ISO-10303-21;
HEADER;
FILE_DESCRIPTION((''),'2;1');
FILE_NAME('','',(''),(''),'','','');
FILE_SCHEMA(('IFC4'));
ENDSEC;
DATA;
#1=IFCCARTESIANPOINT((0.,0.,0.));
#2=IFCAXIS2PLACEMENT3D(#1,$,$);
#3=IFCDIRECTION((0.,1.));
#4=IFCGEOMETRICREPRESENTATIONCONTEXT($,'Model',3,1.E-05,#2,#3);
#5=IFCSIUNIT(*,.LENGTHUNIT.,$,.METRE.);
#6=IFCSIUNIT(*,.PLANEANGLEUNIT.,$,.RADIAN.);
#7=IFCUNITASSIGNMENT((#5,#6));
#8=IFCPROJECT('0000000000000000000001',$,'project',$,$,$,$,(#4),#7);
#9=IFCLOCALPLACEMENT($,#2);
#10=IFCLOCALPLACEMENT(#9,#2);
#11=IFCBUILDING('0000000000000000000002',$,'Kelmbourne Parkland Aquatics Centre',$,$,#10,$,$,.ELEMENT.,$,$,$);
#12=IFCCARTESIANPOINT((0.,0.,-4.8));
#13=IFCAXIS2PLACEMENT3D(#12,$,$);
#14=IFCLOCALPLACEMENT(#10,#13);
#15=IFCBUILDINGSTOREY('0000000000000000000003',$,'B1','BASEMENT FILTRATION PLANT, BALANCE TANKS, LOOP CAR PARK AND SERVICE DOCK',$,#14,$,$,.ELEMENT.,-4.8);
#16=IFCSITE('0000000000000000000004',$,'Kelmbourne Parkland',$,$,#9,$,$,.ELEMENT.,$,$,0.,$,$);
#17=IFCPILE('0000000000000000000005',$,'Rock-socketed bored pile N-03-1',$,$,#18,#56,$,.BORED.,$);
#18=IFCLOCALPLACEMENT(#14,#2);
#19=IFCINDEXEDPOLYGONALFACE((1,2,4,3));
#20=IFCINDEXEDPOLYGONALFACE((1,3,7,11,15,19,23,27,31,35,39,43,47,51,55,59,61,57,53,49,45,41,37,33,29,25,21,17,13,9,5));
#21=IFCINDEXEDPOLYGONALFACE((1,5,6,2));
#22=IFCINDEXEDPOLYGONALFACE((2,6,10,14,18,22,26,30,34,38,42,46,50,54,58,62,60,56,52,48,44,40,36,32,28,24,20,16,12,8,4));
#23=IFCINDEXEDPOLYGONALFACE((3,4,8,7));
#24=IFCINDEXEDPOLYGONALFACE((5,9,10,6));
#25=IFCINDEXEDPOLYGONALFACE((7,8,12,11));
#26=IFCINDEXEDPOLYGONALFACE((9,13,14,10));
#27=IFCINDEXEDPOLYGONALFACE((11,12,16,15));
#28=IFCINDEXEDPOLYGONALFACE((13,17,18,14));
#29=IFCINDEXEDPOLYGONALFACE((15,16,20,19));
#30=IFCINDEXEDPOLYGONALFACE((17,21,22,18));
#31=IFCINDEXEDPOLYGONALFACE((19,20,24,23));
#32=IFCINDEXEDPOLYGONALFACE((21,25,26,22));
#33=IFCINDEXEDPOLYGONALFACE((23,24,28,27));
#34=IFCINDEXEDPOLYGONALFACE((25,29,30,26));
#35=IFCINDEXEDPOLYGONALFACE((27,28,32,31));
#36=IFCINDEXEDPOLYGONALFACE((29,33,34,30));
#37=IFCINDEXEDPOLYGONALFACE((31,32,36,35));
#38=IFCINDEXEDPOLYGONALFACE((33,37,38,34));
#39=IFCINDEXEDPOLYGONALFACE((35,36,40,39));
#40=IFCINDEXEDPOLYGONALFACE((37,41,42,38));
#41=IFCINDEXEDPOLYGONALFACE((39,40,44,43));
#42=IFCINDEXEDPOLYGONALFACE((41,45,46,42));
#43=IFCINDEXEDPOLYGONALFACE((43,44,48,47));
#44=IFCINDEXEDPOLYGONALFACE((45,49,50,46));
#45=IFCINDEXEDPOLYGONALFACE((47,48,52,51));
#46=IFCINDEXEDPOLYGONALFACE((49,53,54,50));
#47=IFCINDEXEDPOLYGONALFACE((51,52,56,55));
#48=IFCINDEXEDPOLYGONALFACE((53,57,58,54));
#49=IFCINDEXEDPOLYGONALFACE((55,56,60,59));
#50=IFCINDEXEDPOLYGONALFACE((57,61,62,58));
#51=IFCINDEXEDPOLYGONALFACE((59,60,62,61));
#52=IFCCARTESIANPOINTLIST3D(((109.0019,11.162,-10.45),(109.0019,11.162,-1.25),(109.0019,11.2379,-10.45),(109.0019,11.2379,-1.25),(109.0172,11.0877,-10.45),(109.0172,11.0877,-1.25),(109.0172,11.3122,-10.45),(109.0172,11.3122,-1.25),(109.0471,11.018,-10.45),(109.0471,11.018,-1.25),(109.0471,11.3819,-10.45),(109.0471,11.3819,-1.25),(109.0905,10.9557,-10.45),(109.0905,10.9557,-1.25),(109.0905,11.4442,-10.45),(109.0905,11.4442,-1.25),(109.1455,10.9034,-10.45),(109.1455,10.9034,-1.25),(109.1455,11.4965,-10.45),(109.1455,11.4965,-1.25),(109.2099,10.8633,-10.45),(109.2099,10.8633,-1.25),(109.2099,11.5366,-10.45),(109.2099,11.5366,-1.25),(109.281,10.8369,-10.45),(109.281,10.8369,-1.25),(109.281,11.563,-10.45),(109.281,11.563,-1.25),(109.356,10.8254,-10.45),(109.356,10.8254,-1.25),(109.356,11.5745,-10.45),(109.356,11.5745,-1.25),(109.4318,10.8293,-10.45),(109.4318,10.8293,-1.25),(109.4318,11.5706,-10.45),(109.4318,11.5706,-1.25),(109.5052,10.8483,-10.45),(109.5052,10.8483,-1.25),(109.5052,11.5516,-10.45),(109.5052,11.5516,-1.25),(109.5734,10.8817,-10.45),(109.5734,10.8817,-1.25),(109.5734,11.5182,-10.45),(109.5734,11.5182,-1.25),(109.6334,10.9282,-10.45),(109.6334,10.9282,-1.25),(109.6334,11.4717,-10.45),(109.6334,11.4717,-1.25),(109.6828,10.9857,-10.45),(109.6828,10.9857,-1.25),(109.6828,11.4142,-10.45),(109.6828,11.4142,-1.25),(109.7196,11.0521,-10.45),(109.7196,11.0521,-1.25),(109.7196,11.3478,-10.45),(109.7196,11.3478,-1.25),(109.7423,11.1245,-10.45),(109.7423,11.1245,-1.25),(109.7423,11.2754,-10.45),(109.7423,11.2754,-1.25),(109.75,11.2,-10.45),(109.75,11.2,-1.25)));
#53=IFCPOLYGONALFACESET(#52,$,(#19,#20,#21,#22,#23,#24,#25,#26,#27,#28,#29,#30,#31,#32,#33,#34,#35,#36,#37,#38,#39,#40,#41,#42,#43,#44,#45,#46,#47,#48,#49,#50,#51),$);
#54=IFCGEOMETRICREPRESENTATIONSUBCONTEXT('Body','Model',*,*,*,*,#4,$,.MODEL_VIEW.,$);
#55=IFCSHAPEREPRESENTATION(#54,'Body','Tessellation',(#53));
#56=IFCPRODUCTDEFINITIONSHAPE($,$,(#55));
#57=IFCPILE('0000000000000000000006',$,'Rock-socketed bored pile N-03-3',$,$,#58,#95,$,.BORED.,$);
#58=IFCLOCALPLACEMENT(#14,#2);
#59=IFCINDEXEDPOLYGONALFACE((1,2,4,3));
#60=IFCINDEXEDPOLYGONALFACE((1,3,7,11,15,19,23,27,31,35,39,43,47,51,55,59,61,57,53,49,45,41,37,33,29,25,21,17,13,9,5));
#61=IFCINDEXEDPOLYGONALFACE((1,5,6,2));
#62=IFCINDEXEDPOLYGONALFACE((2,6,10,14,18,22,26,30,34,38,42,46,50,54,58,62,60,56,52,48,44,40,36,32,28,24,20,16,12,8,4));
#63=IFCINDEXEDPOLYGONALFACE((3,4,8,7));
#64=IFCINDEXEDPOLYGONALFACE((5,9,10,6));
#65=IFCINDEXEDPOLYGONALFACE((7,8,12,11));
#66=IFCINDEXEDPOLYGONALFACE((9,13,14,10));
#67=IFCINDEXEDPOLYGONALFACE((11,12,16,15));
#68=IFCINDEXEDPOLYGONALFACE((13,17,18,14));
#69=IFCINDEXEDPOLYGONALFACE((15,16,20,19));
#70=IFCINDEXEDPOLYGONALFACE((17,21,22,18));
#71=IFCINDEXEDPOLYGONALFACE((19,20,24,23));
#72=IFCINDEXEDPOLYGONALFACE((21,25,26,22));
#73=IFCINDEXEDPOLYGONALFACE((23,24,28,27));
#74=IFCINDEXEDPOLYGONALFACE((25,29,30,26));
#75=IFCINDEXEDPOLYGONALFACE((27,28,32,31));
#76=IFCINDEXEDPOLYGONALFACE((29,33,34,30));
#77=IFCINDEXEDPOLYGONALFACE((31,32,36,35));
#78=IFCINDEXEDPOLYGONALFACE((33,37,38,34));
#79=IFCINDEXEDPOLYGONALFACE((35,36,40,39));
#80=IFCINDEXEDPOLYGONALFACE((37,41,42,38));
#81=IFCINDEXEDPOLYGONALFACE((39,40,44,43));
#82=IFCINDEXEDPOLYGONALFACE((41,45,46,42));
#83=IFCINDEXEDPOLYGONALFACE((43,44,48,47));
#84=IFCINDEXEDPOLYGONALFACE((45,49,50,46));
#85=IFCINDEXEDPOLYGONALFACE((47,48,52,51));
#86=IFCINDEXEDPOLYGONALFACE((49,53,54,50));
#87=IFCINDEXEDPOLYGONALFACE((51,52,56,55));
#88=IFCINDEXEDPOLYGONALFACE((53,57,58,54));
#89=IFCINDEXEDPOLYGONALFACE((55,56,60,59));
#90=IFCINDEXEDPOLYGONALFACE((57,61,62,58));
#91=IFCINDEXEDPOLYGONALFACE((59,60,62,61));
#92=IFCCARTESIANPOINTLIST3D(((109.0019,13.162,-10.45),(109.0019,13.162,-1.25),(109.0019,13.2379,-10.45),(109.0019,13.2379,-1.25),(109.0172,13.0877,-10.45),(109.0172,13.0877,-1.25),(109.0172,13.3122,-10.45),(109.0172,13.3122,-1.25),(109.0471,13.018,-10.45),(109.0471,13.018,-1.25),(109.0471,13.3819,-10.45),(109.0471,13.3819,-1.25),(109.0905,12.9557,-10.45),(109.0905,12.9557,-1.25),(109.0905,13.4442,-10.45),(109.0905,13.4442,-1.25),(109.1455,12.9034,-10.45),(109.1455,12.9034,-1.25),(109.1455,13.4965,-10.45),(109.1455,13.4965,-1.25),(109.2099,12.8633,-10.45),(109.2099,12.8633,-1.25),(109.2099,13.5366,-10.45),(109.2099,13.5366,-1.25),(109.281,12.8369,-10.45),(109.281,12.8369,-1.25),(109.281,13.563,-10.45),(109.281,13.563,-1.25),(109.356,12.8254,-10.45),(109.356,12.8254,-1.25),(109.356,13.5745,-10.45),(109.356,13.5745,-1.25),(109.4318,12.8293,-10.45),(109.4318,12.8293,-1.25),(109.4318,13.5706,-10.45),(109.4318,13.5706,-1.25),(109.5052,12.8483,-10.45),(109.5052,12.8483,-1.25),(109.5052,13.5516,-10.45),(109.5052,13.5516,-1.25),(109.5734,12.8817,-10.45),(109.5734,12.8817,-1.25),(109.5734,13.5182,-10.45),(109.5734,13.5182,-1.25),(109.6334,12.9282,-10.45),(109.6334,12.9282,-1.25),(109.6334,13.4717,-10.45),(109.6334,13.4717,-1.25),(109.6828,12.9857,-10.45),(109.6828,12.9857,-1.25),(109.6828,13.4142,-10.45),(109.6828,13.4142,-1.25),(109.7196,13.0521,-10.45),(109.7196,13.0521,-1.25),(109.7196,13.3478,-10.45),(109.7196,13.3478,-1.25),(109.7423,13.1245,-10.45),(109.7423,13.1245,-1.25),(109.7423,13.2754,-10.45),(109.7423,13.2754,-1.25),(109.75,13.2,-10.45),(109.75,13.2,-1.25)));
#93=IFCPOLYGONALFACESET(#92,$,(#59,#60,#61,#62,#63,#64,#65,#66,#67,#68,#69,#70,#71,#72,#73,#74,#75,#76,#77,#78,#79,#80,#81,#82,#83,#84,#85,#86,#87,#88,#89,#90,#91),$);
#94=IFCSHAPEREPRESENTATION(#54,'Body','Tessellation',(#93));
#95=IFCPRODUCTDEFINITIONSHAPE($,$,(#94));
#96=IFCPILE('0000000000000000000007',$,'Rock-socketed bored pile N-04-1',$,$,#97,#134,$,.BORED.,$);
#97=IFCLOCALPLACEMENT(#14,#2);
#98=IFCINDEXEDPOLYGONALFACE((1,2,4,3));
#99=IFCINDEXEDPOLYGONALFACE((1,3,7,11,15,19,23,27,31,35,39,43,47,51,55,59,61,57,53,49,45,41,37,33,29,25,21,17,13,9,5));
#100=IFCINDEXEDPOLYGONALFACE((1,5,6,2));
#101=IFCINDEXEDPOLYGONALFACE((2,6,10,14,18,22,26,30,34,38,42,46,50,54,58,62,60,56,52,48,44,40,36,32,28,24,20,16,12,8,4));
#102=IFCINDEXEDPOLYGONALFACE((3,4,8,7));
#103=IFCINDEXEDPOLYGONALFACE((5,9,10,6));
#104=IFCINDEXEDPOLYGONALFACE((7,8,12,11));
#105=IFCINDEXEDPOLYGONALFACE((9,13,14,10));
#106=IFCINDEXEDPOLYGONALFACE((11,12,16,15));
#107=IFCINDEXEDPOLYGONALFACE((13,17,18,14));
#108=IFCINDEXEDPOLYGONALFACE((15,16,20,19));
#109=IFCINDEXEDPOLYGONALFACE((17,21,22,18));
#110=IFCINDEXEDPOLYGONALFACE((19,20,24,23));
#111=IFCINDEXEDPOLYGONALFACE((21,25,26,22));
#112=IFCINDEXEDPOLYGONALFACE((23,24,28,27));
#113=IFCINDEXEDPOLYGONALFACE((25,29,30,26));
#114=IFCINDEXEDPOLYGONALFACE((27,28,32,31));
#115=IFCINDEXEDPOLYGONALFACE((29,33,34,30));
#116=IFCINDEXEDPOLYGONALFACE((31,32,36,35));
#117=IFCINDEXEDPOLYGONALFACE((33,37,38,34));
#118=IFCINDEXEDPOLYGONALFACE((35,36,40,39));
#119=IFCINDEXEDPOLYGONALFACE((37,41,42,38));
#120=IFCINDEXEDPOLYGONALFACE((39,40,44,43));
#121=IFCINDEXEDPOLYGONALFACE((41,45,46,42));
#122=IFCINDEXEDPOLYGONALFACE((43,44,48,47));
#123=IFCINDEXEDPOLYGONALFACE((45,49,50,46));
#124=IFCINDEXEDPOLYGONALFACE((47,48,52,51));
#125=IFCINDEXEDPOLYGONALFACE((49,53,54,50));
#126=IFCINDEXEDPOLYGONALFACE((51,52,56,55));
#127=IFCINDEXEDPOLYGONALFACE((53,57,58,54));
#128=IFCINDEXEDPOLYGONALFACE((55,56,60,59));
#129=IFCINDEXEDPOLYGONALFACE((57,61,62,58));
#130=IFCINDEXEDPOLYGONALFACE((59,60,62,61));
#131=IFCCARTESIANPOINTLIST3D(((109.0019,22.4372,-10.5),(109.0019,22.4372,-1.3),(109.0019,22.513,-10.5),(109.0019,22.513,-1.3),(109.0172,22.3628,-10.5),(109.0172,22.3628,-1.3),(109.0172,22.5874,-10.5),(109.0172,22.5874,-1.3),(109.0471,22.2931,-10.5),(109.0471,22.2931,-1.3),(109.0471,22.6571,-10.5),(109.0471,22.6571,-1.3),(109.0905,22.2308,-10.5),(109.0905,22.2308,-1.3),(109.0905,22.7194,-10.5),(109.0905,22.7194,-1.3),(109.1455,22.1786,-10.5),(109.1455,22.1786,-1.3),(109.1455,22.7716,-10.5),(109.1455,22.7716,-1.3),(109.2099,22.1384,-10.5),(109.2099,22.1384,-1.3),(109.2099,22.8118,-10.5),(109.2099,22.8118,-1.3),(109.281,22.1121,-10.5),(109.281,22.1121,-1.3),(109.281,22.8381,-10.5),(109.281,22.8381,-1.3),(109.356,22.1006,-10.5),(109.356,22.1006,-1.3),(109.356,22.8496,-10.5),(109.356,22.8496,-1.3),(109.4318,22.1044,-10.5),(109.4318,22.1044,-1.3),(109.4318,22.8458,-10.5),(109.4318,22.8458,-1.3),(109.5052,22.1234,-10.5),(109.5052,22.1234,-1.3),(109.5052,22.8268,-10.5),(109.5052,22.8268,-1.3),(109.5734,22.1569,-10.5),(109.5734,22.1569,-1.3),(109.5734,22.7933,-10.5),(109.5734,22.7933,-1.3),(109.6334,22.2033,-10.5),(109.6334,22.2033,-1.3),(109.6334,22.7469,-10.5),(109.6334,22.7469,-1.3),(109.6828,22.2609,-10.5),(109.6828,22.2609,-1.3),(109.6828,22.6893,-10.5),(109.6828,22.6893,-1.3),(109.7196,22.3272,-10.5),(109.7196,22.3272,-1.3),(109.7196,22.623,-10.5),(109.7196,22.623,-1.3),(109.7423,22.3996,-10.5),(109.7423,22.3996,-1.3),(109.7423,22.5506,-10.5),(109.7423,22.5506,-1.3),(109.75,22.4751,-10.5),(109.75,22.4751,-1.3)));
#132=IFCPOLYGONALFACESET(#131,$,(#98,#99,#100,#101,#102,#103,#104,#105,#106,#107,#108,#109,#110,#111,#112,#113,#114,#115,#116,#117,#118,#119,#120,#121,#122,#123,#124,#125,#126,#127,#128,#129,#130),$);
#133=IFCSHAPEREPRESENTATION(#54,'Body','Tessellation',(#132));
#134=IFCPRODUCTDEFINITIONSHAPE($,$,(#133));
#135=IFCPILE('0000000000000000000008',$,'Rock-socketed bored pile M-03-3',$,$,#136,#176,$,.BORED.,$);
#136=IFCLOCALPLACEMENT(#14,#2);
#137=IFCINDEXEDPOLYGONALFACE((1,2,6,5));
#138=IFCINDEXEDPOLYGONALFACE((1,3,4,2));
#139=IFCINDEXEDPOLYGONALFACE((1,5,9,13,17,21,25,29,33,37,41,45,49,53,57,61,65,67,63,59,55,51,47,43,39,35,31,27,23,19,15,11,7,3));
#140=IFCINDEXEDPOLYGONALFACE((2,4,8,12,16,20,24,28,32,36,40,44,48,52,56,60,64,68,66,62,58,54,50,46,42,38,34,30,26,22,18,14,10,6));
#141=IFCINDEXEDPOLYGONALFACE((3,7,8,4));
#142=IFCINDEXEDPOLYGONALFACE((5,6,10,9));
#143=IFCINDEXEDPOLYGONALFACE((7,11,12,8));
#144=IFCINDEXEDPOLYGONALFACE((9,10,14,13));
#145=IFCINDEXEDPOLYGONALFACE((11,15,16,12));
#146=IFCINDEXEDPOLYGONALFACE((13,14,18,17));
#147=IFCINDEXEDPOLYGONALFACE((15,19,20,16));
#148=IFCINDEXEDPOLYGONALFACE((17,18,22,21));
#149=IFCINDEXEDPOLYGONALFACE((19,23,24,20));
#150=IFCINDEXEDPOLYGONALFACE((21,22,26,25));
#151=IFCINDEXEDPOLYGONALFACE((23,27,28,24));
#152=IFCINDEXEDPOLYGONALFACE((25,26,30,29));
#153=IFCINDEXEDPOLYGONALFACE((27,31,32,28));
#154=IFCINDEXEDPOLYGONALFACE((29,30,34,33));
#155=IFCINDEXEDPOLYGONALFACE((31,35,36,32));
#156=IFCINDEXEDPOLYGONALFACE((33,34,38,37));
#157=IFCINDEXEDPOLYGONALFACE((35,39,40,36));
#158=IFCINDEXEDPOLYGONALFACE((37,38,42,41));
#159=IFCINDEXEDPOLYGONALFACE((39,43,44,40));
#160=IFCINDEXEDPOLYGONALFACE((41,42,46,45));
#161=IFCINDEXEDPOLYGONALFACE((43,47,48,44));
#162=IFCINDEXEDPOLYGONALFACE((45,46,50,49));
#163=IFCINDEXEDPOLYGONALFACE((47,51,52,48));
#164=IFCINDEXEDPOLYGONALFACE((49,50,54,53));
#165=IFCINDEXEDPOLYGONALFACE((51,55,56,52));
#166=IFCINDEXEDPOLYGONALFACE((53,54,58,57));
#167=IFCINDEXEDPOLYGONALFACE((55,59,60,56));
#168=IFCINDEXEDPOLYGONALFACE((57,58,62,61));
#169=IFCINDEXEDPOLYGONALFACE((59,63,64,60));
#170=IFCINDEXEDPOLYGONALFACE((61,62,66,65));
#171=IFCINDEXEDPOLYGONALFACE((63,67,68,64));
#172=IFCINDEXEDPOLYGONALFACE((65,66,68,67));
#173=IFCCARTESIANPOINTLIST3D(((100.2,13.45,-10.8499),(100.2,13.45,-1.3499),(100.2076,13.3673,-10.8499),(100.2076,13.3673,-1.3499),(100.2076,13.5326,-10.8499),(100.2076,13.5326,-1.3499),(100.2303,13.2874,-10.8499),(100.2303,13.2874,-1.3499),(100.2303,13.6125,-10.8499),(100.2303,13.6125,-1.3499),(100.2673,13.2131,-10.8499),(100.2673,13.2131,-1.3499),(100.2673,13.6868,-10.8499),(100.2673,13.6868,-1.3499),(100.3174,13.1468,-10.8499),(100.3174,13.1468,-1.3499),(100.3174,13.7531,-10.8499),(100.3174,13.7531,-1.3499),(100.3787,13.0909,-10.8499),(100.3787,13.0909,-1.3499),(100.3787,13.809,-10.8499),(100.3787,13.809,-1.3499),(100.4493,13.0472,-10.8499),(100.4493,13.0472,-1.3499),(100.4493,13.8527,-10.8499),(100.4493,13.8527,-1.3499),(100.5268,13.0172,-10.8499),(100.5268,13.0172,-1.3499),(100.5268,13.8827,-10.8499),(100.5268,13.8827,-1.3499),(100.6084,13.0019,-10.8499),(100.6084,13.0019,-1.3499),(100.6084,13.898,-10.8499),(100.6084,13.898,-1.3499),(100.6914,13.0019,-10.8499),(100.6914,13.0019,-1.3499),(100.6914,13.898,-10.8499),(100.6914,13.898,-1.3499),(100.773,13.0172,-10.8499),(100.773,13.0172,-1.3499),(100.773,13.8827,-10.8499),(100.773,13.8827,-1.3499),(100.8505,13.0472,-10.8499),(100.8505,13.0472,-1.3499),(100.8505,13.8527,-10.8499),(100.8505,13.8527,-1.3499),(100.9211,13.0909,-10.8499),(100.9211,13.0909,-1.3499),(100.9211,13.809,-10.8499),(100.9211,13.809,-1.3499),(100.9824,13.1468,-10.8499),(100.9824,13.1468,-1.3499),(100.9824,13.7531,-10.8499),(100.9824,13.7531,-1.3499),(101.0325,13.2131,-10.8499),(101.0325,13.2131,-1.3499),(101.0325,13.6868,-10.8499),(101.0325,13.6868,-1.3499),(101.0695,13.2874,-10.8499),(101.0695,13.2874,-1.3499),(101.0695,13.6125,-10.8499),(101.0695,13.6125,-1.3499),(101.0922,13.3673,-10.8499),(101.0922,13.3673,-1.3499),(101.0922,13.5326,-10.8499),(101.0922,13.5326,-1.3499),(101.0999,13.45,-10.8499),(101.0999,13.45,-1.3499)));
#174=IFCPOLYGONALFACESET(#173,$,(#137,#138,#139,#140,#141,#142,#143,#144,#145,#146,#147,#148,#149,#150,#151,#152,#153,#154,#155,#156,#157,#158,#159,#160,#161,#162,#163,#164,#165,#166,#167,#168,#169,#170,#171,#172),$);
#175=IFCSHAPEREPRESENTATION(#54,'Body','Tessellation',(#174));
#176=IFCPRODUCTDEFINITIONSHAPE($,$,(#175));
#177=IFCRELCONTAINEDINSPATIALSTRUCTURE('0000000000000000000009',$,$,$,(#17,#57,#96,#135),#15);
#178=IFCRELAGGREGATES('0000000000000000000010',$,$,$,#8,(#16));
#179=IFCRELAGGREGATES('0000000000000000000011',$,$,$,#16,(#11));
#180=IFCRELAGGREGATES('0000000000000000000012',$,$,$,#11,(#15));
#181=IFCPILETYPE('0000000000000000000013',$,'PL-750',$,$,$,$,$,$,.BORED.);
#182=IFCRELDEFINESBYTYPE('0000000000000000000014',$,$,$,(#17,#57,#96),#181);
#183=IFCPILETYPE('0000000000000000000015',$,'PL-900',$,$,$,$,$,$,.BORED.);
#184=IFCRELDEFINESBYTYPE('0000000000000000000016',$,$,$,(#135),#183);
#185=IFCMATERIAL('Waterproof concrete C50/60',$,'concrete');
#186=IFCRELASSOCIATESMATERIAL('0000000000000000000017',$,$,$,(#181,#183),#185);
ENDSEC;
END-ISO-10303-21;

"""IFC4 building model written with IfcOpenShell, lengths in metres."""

from ifc_helpers import new_model, si_unit, direction, frame, origin, origin_2d, place, context, subcontext, project, spatial, circle, extrude, material, material_profile, profile_set, type_object, element, save


model = new_model("IFC4")

# Units and contexts
model_context = context("Model", 3, precision=1e-05, world=origin(), true_north=direction((0.0, 1.0)))
body_context = subcontext(model_context, "Body", "Model", "MODEL_VIEW")
ifc_project = project(units=[si_unit("LENGTHUNIT", "METRE"), si_unit("PLANEANGLEUNIT", "RADIAN")], contexts=[model_context])

# Site, building, storey
site_placement = place(None, origin())
site = spatial("IfcSite", under=ifc_project, at=site_placement, Name="Kelmbourne Parkland", CompositionType="ELEMENT", RefElevation=0.0)
building_placement = place(site_placement, origin())
building = spatial("IfcBuilding", under=site, at=building_placement, Name="Kelmbourne Parkland Aquatics Centre", CompositionType="ELEMENT")
storey_placement = place(building_placement, frame((0.0, 0.0, -4.8)))
storey = spatial("IfcBuildingStorey", under=building, at=storey_placement, Name="B1", Description="BASEMENT FILTRATION PLANT, BALANCE TANKS, LOOP CAR PARK AND SERVICE DOCK", CompositionType="ELEMENT", Elevation=-4.8)

# Shared definitions
ifc_material_1 = material(Name="Waterproof concrete C50/60", Category="concrete")

# Piles
ifc_material_profile_1 = material_profile(ifc_material_1, circle(Radius=0.375, at=origin_2d()), Name="PILE D750")
ifc_profile_set_1 = profile_set([ifc_material_profile_1], Name="Waterproof concrete C50/60")
pile_type_1 = type_object("IfcPileType", Name="PL-750", PredefinedType="BORED", material=ifc_profile_set_1)
for number, where, z_axis, x_axis, name in (
    (1, (109.375, 11.2, -1.25), (0.0, 0.0, -1.0), (1.0, 0.0, 0.0), "Rock-socketed bored pile N-03-1"),
    (2, (109.375, 13.2, -1.25), (0.0, 0.0, -1.0), (1.0, 0.0, 0.0), "Rock-socketed bored pile N-03-3"),
    (3, (109.375, 22.4751, -1.3), (0.0, 0.0, -1.0), (1.0, 0.0, 0.0), "Rock-socketed bored pile N-04-1"),
):
    element("IfcPile", number, at=place(storey_placement, frame(where, z_axis=z_axis, x_axis=x_axis)), inside=storey, type_object=pile_type_1, Name=name, PredefinedType="BORED", context=body_context, shape_type="SweptSolid", body=[
        extrude(circle(Radius=0.375, at=origin_2d()), origin(), (0.0, 0.0, 1.0), 9.2),
    ])
ifc_material_profile_2 = material_profile(ifc_material_1, circle(Radius=0.45, at=origin_2d()), Name="PILE D900")
ifc_profile_set_2 = profile_set([ifc_material_profile_2], Name="Waterproof concrete C50/60")
pile_type_2 = type_object("IfcPileType", Name="PL-900", PredefinedType="BORED", material=ifc_profile_set_2)
for number, where, z_axis, x_axis, name in (
    (4, (100.6499, 13.45, -1.3499), (0.0, 0.0, -1.0), (1.0, 0.0, 0.0), "Rock-socketed bored pile M-03-3"),
):
    element("IfcPile", number, at=place(storey_placement, frame(where, z_axis=z_axis, x_axis=x_axis)), inside=storey, type_object=pile_type_2, Name=name, PredefinedType="BORED", context=body_context, shape_type="SweptSolid", body=[
        extrude(circle(Radius=0.45, at=origin_2d()), origin(), (0.0, 0.0, 1.0), 9.5),
    ])

save(model, "model.ifc")
